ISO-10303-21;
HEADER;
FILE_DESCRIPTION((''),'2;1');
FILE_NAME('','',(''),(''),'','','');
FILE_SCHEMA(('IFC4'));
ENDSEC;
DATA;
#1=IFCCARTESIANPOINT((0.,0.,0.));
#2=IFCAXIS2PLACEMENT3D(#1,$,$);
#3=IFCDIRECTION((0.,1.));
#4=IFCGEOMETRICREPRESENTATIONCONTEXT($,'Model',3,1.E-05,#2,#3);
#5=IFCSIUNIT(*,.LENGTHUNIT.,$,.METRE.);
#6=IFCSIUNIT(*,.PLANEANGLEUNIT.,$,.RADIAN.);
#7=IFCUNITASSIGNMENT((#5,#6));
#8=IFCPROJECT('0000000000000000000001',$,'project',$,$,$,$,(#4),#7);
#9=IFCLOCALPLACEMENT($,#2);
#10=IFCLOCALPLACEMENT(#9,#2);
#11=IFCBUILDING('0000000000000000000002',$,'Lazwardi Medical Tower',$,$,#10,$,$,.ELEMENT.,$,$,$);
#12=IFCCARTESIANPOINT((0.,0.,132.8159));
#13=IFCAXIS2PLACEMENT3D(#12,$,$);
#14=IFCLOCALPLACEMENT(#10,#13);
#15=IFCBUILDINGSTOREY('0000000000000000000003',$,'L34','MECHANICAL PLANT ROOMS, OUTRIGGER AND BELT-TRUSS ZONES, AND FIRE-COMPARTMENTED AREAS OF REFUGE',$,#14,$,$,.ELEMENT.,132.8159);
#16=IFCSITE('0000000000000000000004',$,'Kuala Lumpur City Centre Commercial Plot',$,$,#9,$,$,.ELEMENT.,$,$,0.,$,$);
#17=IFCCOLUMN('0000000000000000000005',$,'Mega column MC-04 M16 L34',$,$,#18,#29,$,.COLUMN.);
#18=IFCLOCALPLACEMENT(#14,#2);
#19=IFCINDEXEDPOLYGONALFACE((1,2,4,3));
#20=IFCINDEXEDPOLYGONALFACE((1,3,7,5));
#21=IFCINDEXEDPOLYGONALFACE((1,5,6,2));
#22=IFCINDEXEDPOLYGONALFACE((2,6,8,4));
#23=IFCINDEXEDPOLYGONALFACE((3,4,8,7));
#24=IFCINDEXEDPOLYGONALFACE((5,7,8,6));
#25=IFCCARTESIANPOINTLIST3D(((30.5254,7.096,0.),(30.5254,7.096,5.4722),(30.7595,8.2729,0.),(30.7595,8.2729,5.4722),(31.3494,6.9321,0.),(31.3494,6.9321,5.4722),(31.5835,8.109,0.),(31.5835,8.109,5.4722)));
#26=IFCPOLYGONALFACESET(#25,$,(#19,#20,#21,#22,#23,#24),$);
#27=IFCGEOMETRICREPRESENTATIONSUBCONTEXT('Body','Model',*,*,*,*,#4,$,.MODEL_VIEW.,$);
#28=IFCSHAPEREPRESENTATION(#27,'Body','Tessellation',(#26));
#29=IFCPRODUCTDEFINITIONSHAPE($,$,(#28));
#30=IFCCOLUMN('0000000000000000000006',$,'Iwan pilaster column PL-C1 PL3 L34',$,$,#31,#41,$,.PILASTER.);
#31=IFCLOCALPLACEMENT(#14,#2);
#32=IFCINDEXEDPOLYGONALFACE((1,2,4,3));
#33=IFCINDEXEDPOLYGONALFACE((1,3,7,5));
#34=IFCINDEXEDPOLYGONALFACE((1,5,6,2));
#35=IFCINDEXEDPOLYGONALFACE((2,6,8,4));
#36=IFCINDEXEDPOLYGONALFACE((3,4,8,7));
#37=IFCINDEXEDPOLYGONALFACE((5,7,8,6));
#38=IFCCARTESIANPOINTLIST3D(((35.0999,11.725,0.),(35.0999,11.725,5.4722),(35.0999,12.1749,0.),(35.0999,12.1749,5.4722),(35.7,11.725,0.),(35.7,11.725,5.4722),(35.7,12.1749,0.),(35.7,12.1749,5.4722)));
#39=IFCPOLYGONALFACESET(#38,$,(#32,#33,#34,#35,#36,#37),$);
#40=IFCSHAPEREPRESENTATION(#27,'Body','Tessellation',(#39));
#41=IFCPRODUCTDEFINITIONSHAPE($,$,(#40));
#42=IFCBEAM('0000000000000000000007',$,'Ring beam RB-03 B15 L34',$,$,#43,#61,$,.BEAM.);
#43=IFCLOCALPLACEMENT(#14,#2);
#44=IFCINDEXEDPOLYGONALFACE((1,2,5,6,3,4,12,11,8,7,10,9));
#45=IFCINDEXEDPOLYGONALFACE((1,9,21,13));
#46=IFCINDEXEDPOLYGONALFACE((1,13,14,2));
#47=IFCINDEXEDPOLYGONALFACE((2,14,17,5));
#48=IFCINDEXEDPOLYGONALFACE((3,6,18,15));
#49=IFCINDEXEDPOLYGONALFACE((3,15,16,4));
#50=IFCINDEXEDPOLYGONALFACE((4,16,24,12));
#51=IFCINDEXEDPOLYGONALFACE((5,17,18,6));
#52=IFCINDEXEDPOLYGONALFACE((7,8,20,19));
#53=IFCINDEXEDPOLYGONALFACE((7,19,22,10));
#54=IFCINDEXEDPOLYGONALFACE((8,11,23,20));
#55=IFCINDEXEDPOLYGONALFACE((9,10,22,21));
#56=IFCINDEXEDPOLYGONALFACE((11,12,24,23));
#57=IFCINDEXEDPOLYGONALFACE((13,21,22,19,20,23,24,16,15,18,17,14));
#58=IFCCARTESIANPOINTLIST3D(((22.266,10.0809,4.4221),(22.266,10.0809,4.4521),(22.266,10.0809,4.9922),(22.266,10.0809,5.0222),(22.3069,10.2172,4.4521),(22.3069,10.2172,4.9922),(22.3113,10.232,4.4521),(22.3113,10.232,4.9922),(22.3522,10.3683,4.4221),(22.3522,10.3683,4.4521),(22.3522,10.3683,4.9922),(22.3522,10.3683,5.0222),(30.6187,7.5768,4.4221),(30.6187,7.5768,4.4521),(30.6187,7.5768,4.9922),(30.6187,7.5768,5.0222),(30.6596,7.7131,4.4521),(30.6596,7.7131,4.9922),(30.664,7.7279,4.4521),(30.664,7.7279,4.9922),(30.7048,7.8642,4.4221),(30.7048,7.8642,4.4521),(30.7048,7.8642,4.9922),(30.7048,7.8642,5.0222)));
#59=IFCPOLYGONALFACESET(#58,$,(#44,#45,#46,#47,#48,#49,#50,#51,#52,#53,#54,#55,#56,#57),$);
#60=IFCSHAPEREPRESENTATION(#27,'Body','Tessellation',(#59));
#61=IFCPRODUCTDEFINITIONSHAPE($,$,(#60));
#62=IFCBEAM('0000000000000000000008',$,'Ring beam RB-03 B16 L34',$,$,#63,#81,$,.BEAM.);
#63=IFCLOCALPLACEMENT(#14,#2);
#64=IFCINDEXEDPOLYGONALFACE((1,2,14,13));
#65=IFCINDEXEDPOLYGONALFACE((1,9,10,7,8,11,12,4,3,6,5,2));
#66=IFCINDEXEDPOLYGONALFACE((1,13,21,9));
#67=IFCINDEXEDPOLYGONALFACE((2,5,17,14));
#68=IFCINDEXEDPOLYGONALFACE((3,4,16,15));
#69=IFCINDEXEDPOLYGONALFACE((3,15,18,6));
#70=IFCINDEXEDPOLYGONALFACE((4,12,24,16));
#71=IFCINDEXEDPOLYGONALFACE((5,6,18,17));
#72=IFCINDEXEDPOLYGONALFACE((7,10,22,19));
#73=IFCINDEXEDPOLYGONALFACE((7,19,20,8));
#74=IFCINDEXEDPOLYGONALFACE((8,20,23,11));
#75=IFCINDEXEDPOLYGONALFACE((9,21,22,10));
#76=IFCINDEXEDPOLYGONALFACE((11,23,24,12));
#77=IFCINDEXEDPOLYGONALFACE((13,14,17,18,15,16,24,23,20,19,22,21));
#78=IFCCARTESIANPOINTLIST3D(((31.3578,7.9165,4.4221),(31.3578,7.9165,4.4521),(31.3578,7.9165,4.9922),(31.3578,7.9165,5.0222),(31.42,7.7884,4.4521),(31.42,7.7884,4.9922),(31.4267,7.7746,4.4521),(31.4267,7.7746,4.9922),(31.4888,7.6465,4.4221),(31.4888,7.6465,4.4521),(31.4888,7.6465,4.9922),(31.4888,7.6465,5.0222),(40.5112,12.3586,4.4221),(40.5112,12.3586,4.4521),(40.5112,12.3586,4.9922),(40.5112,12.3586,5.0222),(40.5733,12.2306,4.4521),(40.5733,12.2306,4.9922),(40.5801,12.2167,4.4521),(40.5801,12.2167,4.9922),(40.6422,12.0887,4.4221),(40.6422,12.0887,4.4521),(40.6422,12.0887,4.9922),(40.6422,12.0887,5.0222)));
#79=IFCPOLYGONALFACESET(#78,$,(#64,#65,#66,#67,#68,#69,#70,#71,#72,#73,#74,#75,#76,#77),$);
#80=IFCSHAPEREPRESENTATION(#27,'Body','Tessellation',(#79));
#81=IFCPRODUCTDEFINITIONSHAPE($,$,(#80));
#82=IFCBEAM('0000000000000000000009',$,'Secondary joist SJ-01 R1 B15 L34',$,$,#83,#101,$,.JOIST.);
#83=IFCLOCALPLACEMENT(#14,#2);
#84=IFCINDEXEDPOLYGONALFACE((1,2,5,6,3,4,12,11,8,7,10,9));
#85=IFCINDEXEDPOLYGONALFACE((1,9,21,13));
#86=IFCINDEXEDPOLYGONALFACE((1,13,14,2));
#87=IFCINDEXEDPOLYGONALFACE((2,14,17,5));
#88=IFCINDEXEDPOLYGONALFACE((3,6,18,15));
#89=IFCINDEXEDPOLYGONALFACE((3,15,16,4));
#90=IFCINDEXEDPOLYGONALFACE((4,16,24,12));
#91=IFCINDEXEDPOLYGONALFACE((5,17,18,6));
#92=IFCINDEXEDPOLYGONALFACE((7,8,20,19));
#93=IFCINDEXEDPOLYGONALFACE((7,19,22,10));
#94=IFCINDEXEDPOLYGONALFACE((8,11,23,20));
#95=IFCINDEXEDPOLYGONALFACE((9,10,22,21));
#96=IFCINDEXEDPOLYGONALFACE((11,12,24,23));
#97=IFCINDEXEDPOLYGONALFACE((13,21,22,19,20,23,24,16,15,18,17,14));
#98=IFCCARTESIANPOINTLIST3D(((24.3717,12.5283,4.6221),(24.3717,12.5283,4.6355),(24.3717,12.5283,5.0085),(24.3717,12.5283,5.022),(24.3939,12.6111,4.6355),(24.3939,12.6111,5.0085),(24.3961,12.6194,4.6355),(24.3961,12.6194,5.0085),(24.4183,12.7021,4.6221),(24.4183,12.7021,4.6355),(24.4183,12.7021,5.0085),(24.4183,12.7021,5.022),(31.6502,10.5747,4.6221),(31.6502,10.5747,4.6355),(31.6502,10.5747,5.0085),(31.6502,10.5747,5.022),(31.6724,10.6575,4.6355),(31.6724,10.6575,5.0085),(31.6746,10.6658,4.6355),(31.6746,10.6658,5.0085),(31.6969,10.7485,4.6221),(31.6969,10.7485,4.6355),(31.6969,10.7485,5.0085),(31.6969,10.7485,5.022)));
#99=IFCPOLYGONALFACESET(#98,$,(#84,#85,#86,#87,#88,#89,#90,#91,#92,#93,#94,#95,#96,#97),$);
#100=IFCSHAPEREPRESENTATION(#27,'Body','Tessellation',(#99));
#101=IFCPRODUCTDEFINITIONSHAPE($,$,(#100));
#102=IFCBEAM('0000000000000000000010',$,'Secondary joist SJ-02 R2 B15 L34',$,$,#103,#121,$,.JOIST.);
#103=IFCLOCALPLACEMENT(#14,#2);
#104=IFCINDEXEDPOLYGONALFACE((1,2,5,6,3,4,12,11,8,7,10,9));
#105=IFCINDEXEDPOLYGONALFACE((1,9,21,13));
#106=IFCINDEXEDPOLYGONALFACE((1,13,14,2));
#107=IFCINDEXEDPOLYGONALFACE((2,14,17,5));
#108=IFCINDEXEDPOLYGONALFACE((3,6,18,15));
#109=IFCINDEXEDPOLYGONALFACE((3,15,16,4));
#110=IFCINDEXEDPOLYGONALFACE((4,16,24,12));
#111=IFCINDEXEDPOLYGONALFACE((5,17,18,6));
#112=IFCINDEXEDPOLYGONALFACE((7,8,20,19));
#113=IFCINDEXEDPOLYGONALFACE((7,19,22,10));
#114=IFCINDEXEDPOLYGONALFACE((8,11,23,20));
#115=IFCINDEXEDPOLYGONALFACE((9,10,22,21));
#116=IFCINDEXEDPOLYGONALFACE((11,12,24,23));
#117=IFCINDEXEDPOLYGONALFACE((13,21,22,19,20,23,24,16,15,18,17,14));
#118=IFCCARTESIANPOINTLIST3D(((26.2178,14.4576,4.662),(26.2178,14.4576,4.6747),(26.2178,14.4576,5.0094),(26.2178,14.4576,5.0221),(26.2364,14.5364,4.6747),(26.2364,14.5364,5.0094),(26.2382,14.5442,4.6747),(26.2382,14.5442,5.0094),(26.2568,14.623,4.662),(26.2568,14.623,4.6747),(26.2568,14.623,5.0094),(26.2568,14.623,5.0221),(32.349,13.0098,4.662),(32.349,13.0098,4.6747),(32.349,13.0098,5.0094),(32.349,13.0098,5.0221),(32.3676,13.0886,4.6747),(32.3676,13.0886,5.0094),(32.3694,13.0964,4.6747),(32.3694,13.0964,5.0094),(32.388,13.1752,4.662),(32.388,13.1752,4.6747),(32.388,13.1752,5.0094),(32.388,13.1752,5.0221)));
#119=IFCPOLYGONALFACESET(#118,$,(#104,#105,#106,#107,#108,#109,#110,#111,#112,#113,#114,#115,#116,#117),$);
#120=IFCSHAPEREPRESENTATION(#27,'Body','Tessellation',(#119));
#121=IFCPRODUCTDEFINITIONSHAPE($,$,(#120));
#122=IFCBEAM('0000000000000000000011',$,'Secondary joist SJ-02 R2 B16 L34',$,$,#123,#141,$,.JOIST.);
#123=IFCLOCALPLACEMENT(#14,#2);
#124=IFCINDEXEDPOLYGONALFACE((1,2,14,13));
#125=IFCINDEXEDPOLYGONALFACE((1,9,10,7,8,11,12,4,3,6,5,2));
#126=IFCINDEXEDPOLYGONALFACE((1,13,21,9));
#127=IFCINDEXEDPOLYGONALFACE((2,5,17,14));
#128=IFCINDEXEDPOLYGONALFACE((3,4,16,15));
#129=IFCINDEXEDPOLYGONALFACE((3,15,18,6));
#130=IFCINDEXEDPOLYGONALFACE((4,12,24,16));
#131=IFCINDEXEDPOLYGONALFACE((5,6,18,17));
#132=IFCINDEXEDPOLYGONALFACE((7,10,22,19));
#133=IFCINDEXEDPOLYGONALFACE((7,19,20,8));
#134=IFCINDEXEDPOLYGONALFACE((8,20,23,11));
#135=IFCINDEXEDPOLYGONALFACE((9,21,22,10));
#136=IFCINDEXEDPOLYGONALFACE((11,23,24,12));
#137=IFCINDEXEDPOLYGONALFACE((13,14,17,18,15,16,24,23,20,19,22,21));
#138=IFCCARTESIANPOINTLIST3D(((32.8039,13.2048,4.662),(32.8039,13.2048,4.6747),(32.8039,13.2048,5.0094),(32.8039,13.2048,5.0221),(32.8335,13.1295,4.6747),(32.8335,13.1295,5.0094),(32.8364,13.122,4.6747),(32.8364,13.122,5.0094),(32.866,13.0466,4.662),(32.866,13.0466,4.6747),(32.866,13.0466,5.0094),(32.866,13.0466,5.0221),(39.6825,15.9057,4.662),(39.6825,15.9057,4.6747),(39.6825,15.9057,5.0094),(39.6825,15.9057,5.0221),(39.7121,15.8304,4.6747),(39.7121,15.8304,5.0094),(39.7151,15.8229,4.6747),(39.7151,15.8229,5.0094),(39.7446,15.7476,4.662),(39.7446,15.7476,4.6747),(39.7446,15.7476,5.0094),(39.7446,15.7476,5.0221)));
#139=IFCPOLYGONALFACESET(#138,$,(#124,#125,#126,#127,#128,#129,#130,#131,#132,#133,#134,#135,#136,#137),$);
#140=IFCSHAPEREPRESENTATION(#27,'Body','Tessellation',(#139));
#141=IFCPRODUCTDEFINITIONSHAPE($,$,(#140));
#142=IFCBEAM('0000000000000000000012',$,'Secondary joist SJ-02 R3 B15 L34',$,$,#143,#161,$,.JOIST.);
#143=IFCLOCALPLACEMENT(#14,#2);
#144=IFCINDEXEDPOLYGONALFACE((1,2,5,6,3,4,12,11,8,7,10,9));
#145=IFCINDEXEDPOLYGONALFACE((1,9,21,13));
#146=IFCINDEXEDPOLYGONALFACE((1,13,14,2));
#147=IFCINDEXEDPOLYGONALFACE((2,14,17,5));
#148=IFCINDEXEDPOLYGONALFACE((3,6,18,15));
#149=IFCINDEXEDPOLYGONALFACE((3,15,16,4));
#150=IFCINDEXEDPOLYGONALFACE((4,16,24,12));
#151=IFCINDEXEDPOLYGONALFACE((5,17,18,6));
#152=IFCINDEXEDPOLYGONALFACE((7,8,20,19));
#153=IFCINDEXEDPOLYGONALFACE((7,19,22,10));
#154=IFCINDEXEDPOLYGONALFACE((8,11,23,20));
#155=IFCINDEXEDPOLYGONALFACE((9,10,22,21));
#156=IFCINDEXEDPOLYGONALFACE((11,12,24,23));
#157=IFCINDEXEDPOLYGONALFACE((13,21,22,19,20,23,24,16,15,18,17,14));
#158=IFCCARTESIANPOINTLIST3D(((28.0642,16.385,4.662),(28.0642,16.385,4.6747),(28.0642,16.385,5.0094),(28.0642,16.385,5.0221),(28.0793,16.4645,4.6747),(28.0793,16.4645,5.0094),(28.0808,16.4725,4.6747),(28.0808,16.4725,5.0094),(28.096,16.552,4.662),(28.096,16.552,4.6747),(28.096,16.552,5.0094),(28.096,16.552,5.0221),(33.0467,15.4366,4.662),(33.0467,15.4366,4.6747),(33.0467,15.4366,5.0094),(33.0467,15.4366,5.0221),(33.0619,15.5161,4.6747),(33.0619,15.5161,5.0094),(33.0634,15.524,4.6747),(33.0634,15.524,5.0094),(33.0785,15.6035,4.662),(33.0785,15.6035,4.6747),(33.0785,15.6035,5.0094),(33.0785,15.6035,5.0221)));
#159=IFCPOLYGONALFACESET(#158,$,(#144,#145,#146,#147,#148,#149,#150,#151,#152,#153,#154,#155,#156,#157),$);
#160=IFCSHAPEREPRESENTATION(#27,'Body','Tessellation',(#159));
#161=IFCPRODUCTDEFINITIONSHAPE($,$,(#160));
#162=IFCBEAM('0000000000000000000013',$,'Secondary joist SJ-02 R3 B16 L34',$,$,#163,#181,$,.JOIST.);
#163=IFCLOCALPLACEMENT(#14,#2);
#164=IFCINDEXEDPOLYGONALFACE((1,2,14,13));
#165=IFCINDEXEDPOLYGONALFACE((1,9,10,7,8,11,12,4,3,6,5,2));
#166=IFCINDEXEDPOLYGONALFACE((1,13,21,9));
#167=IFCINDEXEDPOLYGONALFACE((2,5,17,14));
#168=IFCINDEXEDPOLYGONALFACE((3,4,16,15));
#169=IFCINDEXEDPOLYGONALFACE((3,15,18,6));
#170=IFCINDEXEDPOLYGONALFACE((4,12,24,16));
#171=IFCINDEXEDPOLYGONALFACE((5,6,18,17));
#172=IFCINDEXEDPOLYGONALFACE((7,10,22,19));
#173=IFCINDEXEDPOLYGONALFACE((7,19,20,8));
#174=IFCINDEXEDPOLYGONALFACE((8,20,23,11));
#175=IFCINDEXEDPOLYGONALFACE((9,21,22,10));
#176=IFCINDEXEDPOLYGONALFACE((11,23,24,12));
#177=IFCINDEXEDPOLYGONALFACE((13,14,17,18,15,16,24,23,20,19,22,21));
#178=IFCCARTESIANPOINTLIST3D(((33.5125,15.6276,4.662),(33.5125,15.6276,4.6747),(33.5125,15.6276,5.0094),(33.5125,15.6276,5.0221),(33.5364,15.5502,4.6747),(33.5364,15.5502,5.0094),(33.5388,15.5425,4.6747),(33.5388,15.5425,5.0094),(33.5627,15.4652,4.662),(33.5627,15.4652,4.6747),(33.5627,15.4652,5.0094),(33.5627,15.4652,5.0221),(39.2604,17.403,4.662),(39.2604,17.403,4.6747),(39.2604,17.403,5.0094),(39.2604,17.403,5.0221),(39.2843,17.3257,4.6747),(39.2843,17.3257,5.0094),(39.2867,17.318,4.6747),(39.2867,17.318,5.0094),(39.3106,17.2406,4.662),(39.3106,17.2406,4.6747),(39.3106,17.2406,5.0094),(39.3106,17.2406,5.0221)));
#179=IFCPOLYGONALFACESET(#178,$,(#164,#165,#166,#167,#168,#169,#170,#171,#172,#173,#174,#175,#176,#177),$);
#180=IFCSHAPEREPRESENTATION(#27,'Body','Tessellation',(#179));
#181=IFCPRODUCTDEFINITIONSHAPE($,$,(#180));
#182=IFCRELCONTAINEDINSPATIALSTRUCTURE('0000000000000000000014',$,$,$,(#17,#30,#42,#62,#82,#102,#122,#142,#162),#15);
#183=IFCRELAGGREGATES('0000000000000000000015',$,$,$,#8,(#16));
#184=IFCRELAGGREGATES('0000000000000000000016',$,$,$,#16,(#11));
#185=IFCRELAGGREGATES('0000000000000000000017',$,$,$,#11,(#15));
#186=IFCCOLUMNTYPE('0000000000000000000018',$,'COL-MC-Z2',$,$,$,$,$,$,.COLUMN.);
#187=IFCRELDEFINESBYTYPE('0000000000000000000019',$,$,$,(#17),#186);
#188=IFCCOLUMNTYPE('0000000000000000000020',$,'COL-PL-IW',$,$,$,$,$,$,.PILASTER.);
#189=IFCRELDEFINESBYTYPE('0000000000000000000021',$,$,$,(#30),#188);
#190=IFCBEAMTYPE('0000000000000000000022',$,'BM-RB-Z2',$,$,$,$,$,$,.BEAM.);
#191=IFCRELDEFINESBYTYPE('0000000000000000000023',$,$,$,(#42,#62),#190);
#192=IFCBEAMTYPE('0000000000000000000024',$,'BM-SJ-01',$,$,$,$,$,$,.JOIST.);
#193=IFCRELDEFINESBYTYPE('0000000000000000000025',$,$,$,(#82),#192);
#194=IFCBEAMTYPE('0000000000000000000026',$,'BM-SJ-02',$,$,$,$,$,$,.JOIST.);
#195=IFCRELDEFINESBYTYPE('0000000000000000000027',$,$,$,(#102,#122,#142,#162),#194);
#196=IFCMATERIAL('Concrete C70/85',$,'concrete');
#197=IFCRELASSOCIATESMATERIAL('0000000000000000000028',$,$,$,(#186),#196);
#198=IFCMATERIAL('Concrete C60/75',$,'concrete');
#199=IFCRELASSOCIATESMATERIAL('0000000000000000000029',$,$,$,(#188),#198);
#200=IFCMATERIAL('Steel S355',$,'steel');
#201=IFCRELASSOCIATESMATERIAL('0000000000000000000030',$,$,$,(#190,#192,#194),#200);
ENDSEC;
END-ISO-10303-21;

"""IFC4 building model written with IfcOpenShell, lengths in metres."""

from ifc_helpers import new_model, si_unit, direction, frame, origin, origin_2d, place, context, subcontext, project, spatial, rectangle, i_section, extrude, material, material_profile, profile_set, type_object, element, save


model = new_model("IFC4")

# Units and contexts
model_context = context("Model", 3, precision=1e-05, world=origin(), true_north=direction((0.0, 1.0)))
body_context = subcontext(model_context, "Body", "Model", "MODEL_VIEW")
ifc_project = project(units=[si_unit("LENGTHUNIT", "METRE"), si_unit("PLANEANGLEUNIT", "RADIAN")], contexts=[model_context])

# Site, building, storey
site_placement = place(None, origin())
site = spatial("IfcSite", under=ifc_project, at=site_placement, Name="Kuala Lumpur City Centre Commercial Plot", CompositionType="ELEMENT", RefElevation=0.0)
building_placement = place(site_placement, origin())
building = spatial("IfcBuilding", under=site, at=building_placement, Name="Lazwardi Medical Tower", CompositionType="ELEMENT")
storey_placement = place(building_placement, frame((0.0, 0.0, 132.8159)))
storey = spatial("IfcBuildingStorey", under=building, at=storey_placement, Name="L34", Description="MECHANICAL PLANT ROOMS, OUTRIGGER AND BELT-TRUSS ZONES, AND FIRE-COMPARTMENTED AREAS OF REFUGE", CompositionType="ELEMENT", Elevation=132.8159)

# Columns
ifc_material_1 = material(Name="Concrete C70/85", Category="concrete")
ifc_material_profile_1 = material_profile(ifc_material_1, rectangle(XDim=1.2, YDim=0.8401, at=origin_2d()), Name="CFT-RECT 1200x840")
ifc_profile_set_1 = profile_set([ifc_material_profile_1], Name="Concrete C70/85")
column_type_1 = type_object("IfcColumnType", Name="COL-MC-Z2", PredefinedType="COLUMN", material=ifc_profile_set_1)
column_1_placement = place(storey_placement, frame((31.0544, 7.6025, 0.0), z_axis=(0.0, 0.0, 1.0), x_axis=(-0.19509, -0.980785, 0.0)))
element("IfcColumn", 1, at=column_1_placement, inside=storey, type_object=column_type_1, Name="Mega column MC-04 M16 L34", PredefinedType="COLUMN", context=body_context, shape_type="SweptSolid", body=[
    extrude(rectangle(XDim=1.2, YDim=0.8401, at=origin_2d()), origin(), (0.0, 0.0, 1.0), 5.4722),
])
ifc_material_2 = material(Name="Concrete C60/75", Category="concrete")
ifc_material_profile_2 = material_profile(ifc_material_2, rectangle(XDim=0.6001, YDim=0.45, at=origin_2d()), Name="RC 600x450")
ifc_profile_set_2 = profile_set([ifc_material_profile_2], Name="Concrete C60/75")
column_type_2 = type_object("IfcColumnType", Name="COL-PL-IW", PredefinedType="PILASTER", material=ifc_profile_set_2)
column_2_placement = place(storey_placement, frame((35.3999, 11.95, 0.0), z_axis=(0.0, 0.0, 1.0), x_axis=(1.0, 0.0, 0.0)))
element("IfcColumn", 2, at=column_2_placement, inside=storey, type_object=column_type_2, Name="Iwan pilaster column PL-C1 PL3 L34", PredefinedType="PILASTER", context=body_context, shape_type="SweptSolid", body=[
    extrude(rectangle(XDim=0.6001, YDim=0.45, at=origin_2d()), origin(), (0.0, 0.0, 1.0), 5.4722),
])

# Beams
ifc_material_3 = material(Name="Steel S355", Category="steel")
ifc_material_profile_3 = material_profile(ifc_material_3, i_section(OverallWidth=0.3, OverallDepth=0.6001, WebThickness=0.0154, FlangeThickness=0.03, at=origin_2d()), Name="HEB 600")
ifc_profile_set_3 = profile_set([ifc_material_profile_3], Name="Steel S355")
beam_type_1 = type_object("IfcBeamType", Name="BM-RB-Z2", PredefinedType="BEAM", material=ifc_profile_set_3)
beam_1_placement = place(storey_placement, frame((22.3091, 10.2246, 4.7222), z_axis=(0.957879, -0.287171, 0.0), x_axis=(0.287171, 0.957879, 0.0)))
element("IfcBeam", 3, at=beam_1_placement, inside=storey, type_object=beam_type_1, Name="Ring beam RB-03 B15 L34", PredefinedType="BEAM", context=body_context, shape_type="SweptSolid", body=[
    extrude(i_section(OverallWidth=0.3, OverallDepth=0.6001, WebThickness=0.0154, FlangeThickness=0.03, at=origin_2d()), origin(), (0.0, 0.0, 1.0), 8.72),
])
beam_2_placement = place(storey_placement, frame((31.4233, 7.7815, 4.7222), z_axis=(0.899653, 0.436605, 0.0), x_axis=(-0.436605, 0.899653, 0.0)))
element("IfcBeam", 4, at=beam_2_placement, inside=storey, type_object=beam_type_1, Name="Ring beam RB-03 B16 L34", PredefinedType="BEAM", context=body_context, shape_type="SweptSolid", body=[
    extrude(i_section(OverallWidth=0.3, OverallDepth=0.6001, WebThickness=0.0154, FlangeThickness=0.03, at=origin_2d()), origin(), (0.0, 0.0, 1.0), 10.1743),
])
ifc_material_profile_4 = material_profile(ifc_material_3, i_section(OverallWidth=0.1799, OverallDepth=0.3999, WebThickness=0.0085, FlangeThickness=0.0134, at=origin_2d()), Name="IPE 400")
ifc_profile_set_4 = profile_set([ifc_material_profile_4], Name="Steel S355")
beam_type_2 = type_object("IfcBeamType", Name="BM-SJ-01", PredefinedType="JOIST", material=ifc_profile_set_4)
beam_3_placement = place(storey_placement, frame((24.395, 12.6152, 4.822), z_axis=(0.965815, -0.259231, 0.0), x_axis=(0.259231, 0.965815, 0.0)))
element("IfcBeam", 5, at=beam_3_placement, inside=storey, type_object=beam_type_2, Name="Secondary joist SJ-01 R1 B15 L34", PredefinedType="JOIST", context=body_context, shape_type="SweptSolid", body=[
    extrude(i_section(OverallWidth=0.1799, OverallDepth=0.3999, WebThickness=0.0085, FlangeThickness=0.0134, at=origin_2d()), origin(), (0.0, 0.0, 1.0), 7.5361),
])
ifc_material_profile_5 = material_profile(ifc_material_3, i_section(OverallWidth=0.1699, OverallDepth=0.3601, WebThickness=0.0081, FlangeThickness=0.0127, at=origin_2d()), Name="IPE 360")
ifc_profile_set_5 = profile_set([ifc_material_profile_5], Name="Steel S355")
beam_type_3 = type_object("IfcBeamType", Name="BM-SJ-02", PredefinedType="JOIST", material=ifc_profile_set_5)
beam_4_placement = place(storey_placement, frame((26.2373, 14.5403, 4.842), z_axis=(0.973235, -0.229813, 0.0), x_axis=(0.229813, 0.973235, 0.0)))
element("IfcBeam", 6, at=beam_4_placement, inside=storey, type_object=beam_type_3, Name="Secondary joist SJ-02 R2 B15 L34", PredefinedType="JOIST", context=body_context, shape_type="SweptSolid", body=[
    extrude(i_section(OverallWidth=0.1699, OverallDepth=0.3601, WebThickness=0.0081, FlangeThickness=0.0127, at=origin_2d()), origin(), (0.0, 0.0, 1.0), 6.2998),
])
beam_5_placement = place(storey_placement, frame((32.835, 13.1257, 4.842), z_axis=(0.930816, 0.365488, 0.0), x_axis=(-0.365488, 0.930816, 0.0)))
element("IfcBeam", 7, at=beam_5_placement, inside=storey, type_object=beam_type_3, Name="Secondary joist SJ-02 R2 B16 L34", PredefinedType="JOIST", context=body_context, shape_type="SweptSolid", body=[
    extrude(i_section(OverallWidth=0.1699, OverallDepth=0.3601, WebThickness=0.0081, FlangeThickness=0.0127, at=origin_2d()), origin(), (0.0, 0.0, 1.0), 7.3899),
])
beam_6_placement = place(storey_placement, frame((28.0801, 16.4685, 4.842), z_axis=(0.98236, -0.186999, 0.0), x_axis=(0.186999, 0.98236, 0.0)))
element("IfcBeam", 8, at=beam_6_placement, inside=storey, type_object=beam_type_3, Name="Secondary joist SJ-02 R3 B15 L34", PredefinedType="JOIST", context=body_context, shape_type="SweptSolid", body=[
    extrude(i_section(OverallWidth=0.1699, OverallDepth=0.3601, WebThickness=0.0081, FlangeThickness=0.0127, at=origin_2d()), origin(), (0.0, 0.0, 1.0), 5.072),
])
beam_7_placement = place(storey_placement, frame((33.5376, 15.5464, 4.842), z_axis=(0.955459, 0.295124, 0.0), x_axis=(-0.295124, 0.955459, 0.0)))
element("IfcBeam", 9, at=beam_7_placement, inside=storey, type_object=beam_type_3, Name="Secondary joist SJ-02 R3 B16 L34", PredefinedType="JOIST", context=body_context, shape_type="SweptSolid", body=[
    extrude(i_section(OverallWidth=0.1699, OverallDepth=0.3601, WebThickness=0.0081, FlangeThickness=0.0127, at=origin_2d()), origin(), (0.0, 0.0, 1.0), 6.0159),
])

save(model, "model.ifc")
